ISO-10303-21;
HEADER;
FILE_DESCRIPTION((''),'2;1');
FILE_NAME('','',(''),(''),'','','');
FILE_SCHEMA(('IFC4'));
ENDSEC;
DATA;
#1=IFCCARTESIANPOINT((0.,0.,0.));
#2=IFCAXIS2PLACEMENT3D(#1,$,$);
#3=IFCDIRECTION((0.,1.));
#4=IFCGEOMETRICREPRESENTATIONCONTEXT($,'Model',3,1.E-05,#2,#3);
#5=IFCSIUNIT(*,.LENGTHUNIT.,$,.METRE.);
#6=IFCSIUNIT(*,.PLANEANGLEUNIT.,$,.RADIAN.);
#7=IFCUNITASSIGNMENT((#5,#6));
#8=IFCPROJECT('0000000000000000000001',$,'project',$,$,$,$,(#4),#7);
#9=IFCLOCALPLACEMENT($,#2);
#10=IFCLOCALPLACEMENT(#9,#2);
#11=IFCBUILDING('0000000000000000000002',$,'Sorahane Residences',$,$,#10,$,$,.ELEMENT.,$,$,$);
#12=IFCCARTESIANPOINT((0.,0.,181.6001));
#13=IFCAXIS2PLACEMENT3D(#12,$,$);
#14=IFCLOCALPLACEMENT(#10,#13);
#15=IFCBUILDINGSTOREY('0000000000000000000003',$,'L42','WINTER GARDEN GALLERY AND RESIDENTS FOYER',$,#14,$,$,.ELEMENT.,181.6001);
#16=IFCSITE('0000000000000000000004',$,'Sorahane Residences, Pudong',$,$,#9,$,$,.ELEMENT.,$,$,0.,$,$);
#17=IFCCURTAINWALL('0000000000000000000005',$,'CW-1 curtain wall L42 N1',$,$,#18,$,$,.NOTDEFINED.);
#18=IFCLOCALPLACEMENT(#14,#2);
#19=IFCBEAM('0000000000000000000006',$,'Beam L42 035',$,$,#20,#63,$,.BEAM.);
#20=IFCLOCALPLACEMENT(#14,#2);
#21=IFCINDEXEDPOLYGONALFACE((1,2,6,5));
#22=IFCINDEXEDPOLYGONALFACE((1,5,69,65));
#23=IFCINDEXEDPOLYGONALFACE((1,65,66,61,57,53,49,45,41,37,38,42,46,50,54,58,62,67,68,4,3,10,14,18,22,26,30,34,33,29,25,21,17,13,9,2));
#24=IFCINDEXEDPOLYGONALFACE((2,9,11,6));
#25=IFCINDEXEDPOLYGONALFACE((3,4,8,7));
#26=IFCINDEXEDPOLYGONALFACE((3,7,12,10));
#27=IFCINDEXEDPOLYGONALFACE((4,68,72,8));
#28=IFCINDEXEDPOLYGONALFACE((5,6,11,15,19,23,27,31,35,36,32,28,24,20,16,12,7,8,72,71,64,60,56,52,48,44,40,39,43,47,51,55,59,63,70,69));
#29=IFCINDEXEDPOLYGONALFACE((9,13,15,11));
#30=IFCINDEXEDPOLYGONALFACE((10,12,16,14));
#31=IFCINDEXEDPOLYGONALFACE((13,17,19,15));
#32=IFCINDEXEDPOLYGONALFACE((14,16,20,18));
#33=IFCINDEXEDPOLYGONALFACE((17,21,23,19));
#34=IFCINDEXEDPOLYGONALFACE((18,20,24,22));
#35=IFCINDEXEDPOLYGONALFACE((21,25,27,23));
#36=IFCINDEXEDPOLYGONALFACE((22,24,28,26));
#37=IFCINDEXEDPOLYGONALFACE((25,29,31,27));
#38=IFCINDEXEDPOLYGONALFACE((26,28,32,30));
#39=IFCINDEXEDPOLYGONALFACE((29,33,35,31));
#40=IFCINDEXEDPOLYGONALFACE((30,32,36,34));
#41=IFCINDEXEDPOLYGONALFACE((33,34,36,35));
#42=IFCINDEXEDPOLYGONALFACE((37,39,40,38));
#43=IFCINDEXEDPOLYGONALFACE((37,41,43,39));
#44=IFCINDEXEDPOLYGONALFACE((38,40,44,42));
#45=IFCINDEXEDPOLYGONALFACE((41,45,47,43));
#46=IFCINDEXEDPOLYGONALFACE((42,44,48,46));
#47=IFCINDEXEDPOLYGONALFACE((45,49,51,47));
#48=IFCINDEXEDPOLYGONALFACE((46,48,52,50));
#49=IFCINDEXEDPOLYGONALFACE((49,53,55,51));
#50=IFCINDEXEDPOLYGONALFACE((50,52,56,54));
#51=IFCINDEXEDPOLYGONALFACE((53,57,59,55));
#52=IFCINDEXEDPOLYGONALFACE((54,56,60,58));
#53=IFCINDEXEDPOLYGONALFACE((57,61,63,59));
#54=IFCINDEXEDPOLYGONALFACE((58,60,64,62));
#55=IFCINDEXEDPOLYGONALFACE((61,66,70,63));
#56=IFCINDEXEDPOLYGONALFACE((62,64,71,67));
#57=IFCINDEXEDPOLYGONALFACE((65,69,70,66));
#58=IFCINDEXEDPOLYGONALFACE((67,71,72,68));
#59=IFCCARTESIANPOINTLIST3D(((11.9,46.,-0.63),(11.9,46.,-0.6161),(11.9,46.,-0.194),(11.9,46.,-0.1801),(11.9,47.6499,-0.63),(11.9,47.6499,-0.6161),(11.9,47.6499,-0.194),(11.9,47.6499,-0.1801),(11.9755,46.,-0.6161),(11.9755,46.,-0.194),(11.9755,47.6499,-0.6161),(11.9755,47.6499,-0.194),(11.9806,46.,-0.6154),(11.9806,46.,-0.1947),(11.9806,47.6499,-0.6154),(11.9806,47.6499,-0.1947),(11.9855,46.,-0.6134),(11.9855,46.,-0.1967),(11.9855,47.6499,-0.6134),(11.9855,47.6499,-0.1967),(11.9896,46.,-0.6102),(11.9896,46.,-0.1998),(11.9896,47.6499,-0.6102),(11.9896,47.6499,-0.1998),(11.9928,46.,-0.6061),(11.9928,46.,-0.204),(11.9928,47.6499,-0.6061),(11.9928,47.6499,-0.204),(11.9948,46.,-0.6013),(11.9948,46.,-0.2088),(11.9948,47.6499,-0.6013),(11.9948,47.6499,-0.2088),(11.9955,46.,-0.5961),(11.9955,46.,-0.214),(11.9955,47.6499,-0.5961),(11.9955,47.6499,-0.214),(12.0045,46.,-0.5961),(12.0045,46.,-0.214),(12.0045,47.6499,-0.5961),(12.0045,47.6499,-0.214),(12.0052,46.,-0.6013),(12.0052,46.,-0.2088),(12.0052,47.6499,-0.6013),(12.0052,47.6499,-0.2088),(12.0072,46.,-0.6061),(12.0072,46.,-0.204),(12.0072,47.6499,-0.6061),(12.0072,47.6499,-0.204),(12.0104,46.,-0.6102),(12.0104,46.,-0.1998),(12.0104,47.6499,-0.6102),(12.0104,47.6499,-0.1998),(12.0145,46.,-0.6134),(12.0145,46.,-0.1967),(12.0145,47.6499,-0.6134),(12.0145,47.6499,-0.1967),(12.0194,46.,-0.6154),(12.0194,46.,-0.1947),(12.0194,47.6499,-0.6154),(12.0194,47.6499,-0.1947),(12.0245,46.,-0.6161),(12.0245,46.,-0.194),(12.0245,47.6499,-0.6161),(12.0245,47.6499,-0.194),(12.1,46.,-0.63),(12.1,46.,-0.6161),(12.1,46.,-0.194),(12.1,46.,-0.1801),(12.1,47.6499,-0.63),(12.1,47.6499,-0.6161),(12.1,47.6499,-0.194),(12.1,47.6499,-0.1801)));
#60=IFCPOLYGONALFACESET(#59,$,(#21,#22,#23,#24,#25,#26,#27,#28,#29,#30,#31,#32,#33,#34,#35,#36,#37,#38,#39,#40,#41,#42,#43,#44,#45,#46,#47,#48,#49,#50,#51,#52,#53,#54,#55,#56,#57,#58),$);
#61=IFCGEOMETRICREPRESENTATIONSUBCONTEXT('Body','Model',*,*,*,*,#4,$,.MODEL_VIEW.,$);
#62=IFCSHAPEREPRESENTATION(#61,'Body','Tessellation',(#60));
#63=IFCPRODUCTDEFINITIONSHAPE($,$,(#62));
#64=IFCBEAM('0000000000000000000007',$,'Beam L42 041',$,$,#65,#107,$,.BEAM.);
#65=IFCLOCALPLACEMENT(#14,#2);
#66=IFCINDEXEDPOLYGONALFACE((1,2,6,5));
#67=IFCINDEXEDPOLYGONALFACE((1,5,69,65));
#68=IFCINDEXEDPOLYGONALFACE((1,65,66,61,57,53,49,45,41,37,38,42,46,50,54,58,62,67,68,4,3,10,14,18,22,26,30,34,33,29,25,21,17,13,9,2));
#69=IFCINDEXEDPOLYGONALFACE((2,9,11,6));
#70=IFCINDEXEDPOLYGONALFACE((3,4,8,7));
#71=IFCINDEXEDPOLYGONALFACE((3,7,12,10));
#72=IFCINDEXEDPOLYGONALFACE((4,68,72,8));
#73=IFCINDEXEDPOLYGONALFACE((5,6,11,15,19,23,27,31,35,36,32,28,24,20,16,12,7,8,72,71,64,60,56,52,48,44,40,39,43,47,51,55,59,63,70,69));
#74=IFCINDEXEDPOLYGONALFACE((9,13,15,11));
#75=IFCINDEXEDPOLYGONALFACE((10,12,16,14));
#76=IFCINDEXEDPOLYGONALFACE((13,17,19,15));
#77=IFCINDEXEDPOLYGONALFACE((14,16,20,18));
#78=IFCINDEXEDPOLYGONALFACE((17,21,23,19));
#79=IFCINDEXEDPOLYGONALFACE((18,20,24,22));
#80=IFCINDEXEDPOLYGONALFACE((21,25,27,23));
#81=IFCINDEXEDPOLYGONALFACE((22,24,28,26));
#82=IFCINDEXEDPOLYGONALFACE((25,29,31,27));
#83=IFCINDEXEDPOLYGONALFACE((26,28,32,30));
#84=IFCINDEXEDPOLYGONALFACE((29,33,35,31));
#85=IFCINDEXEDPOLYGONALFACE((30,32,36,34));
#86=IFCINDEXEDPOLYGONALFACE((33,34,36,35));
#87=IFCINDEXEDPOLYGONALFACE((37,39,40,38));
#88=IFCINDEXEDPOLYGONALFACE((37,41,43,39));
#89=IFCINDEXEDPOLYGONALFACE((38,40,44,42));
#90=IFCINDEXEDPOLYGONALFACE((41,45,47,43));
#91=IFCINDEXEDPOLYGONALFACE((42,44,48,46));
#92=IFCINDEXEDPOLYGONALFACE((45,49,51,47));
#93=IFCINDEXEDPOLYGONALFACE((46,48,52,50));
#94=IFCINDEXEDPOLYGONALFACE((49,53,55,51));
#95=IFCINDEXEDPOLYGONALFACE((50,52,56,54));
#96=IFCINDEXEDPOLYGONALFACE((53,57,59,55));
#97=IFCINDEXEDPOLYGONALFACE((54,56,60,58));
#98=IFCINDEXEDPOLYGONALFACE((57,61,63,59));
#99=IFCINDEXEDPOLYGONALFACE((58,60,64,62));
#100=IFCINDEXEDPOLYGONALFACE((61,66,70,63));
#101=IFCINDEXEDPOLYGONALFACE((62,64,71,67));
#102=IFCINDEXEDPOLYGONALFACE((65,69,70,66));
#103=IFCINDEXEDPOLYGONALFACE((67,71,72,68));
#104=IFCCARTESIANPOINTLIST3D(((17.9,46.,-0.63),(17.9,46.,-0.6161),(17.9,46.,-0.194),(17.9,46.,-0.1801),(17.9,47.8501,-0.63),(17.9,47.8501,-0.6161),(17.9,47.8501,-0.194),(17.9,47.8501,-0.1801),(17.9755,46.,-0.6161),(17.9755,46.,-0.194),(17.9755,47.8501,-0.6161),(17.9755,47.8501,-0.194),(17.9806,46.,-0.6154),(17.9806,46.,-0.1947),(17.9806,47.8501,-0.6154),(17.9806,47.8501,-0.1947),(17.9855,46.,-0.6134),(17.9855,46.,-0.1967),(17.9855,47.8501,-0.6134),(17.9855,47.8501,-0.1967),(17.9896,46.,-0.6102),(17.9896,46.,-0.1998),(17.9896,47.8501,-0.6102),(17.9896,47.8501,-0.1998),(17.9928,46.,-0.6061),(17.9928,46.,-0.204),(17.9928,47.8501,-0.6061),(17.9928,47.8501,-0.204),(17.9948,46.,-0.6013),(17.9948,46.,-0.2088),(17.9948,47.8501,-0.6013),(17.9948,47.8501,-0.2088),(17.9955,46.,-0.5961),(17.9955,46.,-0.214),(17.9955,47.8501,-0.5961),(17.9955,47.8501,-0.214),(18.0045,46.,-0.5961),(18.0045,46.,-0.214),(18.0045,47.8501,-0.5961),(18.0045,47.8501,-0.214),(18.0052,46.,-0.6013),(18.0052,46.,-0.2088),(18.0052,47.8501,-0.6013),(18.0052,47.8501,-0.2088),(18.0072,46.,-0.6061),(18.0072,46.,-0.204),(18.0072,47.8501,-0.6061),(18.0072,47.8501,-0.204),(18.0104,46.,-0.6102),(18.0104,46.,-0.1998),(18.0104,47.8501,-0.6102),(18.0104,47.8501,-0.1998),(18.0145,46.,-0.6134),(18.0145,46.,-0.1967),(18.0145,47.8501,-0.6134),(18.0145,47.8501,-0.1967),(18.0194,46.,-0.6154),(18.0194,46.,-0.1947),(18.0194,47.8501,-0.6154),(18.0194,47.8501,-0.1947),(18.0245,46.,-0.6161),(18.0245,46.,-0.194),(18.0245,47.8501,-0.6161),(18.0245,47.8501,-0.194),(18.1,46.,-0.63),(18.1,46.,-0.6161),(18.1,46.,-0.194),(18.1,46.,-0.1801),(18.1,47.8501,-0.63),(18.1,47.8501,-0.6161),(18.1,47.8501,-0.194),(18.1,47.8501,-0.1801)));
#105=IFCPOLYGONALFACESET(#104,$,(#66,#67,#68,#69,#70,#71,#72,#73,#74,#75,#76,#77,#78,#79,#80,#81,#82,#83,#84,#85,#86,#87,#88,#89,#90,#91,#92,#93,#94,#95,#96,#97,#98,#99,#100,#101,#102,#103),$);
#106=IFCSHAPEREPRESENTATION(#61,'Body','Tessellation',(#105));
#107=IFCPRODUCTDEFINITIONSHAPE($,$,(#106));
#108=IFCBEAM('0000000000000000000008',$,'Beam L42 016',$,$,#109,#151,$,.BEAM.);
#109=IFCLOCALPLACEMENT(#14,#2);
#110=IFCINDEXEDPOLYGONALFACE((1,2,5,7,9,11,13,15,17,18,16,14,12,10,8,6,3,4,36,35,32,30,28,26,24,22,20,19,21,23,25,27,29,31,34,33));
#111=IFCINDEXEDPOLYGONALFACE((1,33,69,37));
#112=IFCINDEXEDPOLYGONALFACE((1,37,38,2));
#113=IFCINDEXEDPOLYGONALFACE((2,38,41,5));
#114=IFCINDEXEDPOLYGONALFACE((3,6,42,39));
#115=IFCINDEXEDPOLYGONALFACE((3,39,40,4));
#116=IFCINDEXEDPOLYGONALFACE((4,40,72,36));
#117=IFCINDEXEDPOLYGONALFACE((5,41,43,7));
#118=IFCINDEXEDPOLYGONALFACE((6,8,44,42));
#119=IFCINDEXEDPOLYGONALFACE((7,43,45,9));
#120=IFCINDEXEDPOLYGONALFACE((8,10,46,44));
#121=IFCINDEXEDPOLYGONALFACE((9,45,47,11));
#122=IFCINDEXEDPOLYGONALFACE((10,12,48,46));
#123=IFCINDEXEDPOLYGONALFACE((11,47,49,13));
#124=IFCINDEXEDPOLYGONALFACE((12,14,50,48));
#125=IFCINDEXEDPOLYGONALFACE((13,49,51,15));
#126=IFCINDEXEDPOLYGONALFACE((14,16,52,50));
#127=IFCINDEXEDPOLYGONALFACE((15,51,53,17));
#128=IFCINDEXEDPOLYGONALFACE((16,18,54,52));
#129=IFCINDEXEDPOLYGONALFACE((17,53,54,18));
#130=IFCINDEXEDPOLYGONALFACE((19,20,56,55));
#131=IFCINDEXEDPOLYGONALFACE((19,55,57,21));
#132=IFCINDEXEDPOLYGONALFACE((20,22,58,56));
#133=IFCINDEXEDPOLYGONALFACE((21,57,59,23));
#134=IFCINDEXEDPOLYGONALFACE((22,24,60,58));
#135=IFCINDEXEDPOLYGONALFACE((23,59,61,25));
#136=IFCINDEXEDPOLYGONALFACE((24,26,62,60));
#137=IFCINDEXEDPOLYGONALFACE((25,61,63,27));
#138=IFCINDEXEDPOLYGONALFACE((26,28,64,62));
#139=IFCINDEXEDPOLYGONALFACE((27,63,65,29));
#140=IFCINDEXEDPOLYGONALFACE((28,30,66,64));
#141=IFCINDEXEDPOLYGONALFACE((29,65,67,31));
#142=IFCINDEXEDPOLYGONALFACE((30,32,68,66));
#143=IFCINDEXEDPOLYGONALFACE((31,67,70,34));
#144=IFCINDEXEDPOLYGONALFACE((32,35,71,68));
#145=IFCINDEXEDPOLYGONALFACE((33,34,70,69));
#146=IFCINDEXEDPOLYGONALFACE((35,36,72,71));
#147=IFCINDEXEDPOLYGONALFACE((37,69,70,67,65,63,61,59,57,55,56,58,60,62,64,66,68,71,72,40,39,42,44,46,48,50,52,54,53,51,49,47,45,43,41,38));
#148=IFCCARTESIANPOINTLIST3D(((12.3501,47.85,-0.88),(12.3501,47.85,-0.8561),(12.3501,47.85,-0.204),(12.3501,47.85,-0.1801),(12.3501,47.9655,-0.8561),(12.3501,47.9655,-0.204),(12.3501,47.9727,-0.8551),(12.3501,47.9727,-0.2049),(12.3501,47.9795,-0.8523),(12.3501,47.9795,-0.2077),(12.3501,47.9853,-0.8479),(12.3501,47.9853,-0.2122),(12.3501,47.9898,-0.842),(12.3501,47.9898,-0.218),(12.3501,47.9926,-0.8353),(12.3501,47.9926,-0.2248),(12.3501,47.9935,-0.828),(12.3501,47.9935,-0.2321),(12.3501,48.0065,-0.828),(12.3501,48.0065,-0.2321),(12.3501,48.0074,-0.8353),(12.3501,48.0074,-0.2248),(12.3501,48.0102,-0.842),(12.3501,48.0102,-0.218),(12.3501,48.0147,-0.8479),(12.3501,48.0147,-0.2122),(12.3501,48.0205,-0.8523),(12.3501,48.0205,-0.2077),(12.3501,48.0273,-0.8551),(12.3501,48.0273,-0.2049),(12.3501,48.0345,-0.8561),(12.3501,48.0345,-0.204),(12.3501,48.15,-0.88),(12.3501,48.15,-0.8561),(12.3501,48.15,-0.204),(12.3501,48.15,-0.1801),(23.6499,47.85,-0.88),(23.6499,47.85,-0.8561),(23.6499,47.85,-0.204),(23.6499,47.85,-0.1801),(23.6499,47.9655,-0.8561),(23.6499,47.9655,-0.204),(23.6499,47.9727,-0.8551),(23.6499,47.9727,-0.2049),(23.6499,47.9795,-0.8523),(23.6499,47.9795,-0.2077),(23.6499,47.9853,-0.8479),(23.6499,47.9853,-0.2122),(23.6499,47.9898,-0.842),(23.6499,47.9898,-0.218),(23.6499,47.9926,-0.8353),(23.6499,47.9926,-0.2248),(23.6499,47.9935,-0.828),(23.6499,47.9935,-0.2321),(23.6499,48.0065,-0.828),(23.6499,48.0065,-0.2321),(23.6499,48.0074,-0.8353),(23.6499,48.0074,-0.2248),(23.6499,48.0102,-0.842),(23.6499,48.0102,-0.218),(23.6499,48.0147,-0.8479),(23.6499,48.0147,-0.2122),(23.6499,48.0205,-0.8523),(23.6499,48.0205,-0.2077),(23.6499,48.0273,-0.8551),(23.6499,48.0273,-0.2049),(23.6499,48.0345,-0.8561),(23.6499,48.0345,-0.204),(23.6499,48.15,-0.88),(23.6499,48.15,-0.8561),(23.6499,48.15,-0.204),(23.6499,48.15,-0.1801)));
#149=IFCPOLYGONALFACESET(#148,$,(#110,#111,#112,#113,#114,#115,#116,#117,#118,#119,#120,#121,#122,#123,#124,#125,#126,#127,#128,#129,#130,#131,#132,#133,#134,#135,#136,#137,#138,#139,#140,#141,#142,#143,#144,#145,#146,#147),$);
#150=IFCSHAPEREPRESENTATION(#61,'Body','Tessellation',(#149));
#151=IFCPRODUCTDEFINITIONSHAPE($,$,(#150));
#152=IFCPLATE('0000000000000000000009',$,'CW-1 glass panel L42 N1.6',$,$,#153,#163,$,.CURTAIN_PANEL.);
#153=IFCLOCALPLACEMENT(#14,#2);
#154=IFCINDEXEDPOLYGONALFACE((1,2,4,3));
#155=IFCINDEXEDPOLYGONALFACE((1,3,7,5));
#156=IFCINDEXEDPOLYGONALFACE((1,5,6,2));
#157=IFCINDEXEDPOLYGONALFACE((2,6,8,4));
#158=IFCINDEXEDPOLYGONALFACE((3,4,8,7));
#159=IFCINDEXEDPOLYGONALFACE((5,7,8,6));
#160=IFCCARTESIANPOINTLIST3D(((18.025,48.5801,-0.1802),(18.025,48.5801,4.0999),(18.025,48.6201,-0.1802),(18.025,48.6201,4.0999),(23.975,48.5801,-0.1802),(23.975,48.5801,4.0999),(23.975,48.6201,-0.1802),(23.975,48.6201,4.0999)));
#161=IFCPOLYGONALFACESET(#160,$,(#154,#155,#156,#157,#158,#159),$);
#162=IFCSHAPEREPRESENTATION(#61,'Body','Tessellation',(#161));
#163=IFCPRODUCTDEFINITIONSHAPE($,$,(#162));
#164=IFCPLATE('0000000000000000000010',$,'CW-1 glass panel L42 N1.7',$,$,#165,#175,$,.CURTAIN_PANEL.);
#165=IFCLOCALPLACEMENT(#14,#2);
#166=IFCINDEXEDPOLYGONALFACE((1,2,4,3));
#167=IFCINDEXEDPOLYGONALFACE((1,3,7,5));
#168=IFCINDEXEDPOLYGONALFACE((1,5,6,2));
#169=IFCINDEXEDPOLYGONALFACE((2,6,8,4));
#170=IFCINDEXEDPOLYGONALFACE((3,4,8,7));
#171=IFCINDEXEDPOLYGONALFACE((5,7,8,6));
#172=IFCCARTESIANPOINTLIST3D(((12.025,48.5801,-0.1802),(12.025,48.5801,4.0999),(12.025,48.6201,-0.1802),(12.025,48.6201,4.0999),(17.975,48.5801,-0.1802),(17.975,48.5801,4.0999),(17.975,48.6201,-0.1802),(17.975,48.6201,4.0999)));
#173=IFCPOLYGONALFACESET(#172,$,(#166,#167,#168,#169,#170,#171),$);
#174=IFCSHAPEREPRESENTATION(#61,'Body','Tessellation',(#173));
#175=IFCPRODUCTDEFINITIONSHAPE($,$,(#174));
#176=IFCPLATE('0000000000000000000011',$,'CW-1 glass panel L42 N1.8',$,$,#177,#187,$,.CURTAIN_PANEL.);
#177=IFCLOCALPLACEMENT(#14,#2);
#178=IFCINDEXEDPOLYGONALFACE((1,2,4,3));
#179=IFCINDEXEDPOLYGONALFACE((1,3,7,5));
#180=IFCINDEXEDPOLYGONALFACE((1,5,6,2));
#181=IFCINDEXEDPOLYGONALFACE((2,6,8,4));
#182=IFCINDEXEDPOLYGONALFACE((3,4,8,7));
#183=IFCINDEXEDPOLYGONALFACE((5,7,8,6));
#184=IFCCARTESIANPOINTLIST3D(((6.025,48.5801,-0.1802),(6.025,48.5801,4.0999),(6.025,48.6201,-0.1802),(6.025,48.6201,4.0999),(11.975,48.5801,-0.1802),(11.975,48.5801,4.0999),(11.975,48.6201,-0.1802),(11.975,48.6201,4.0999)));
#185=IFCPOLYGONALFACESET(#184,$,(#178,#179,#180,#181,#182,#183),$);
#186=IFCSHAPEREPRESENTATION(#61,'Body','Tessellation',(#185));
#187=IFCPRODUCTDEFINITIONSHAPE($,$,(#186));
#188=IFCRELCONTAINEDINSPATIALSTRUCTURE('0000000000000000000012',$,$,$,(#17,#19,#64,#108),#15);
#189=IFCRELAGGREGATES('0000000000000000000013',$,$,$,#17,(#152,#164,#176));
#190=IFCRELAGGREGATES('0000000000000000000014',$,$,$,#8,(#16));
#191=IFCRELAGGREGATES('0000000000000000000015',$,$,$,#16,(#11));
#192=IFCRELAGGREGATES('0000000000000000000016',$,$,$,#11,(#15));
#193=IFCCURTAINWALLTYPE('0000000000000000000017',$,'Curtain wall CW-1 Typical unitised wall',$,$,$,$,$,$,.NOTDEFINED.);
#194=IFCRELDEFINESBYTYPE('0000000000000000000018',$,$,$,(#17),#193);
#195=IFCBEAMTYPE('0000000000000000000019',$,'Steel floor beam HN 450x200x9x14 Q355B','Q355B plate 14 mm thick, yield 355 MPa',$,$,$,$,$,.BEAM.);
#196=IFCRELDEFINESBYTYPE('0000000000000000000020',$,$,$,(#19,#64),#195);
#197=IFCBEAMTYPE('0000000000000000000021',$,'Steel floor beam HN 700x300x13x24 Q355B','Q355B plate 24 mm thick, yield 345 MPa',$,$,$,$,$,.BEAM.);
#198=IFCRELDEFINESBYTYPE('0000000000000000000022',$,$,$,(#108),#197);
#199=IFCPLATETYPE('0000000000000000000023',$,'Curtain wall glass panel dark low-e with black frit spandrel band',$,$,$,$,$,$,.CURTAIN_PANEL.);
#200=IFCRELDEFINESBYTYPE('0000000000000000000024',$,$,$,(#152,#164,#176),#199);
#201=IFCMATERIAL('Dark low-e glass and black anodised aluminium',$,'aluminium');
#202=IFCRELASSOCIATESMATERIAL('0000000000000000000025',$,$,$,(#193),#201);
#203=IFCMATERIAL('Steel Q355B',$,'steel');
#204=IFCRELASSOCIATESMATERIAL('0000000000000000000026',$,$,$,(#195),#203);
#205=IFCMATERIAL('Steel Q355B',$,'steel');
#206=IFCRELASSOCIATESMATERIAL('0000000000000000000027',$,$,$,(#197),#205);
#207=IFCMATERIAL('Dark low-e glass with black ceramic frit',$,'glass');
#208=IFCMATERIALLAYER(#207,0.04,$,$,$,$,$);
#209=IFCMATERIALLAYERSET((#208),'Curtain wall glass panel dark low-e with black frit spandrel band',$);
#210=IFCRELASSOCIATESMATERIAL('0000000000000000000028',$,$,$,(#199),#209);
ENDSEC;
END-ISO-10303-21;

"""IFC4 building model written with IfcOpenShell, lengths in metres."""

from ifc_helpers import new_model, si_unit, direction, frame, origin, origin_2d, place, context, subcontext, project, spatial, rectangle, i_section, extrude, material, layer, layer_set, material_profile, profile_set, type_object, element, aggregate, save


model = new_model("IFC4")

# Units and contexts
model_context = context("Model", 3, precision=1e-05, world=origin(), true_north=direction((0.0, 1.0)))
body_context = subcontext(model_context, "Body", "Model", "MODEL_VIEW")
ifc_project = project(units=[si_unit("LENGTHUNIT", "METRE"), si_unit("PLANEANGLEUNIT", "RADIAN")], contexts=[model_context])

# Site, building, storey
site_placement = place(None, origin())
site = spatial("IfcSite", under=ifc_project, at=site_placement, Name="Sorahane Residences, Pudong", CompositionType="ELEMENT", RefElevation=0.0)
building_placement = place(site_placement, origin())
building = spatial("IfcBuilding", under=site, at=building_placement, Name="Sorahane Residences", CompositionType="ELEMENT")
storey_placement = place(building_placement, frame((0.0, 0.0, 181.6001)))
storey = spatial("IfcBuildingStorey", under=building, at=storey_placement, Name="L42", Description="WINTER GARDEN GALLERY AND RESIDENTS FOYER", CompositionType="ELEMENT", Elevation=181.6001)

# Curtain wall
ifc_material_1 = material(Name="Dark low-e glass and black anodised aluminium", Category="aluminium")
curtain_wall_type = type_object("IfcCurtainWallType", Name="Curtain wall CW-1 Typical unitised wall", PredefinedType="NOTDEFINED", material=ifc_material_1)
curtain_wall_placement = place(storey_placement, origin())
curtain_wall = element("IfcCurtainWall", 1, at=curtain_wall_placement, inside=storey, type_object=curtain_wall_type, Name="CW-1 curtain wall L42 N1", PredefinedType="NOTDEFINED")

# Beams
ifc_material_2 = material(Name="Steel Q355B", Category="steel")
ifc_material_profile_1 = material_profile(ifc_material_2, i_section(OverallWidth=0.2, OverallDepth=0.45, WebThickness=0.009, FlangeThickness=0.0139, FilletRadius=0.02, at=origin_2d()), Name="HN 450x200x9x14")
ifc_profile_set_1 = profile_set([ifc_material_profile_1], Name="Steel Q355B")
beam_type_1 = type_object("IfcBeamType", Name="Steel floor beam HN 450x200x9x14 Q355B", Description="Q355B plate 14 mm thick, yield 355 MPa", PredefinedType="BEAM", material=ifc_profile_set_1)
beam_1_placement = place(storey_placement, frame((12.0, 46.0, -0.405), z_axis=(0.0, 1.0, 0.0), x_axis=(-1.0, 0.0, 0.0)))
element("IfcBeam", 2, at=beam_1_placement, inside=storey, type_object=beam_type_1, Name="Beam L42 035", PredefinedType="BEAM", context=body_context, shape_type="SweptSolid", body=[
    extrude(i_section(OverallWidth=0.2, OverallDepth=0.45, WebThickness=0.009, FlangeThickness=0.0139, FilletRadius=0.02, at=origin_2d()), origin(), (0.0, 0.0, 1.0), 1.6499),
])
beam_2_placement = place(storey_placement, frame((18.0, 46.0, -0.405), z_axis=(0.0, 1.0, 0.0), x_axis=(-1.0, 0.0, 0.0)))
element("IfcBeam", 3, at=beam_2_placement, inside=storey, type_object=beam_type_1, Name="Beam L42 041", PredefinedType="BEAM", context=body_context, shape_type="SweptSolid", body=[
    extrude(i_section(OverallWidth=0.2, OverallDepth=0.45, WebThickness=0.009, FlangeThickness=0.0139, FilletRadius=0.02, at=origin_2d()), origin(), (0.0, 0.0, 1.0), 1.8501),
])
ifc_material_3 = material(Name="Steel Q355B", Category="steel")
ifc_material_profile_2 = material_profile(ifc_material_3, i_section(OverallWidth=0.3, OverallDepth=0.7, WebThickness=0.0129, FlangeThickness=0.0239, FilletRadius=0.0281, at=origin_2d()), Name="HN 700x300x13x24")
ifc_profile_set_2 = profile_set([ifc_material_profile_2], Name="Steel Q355B")
beam_type_2 = type_object("IfcBeamType", Name="Steel floor beam HN 700x300x13x24 Q355B", Description="Q355B plate 24 mm thick, yield 345 MPa", PredefinedType="BEAM", material=ifc_profile_set_2)
beam_3_placement = place(storey_placement, frame((12.3501, 48.0, -0.53), z_axis=(1.0, 0.0, 0.0), x_axis=(0.0, 1.0, 0.0)))
element("IfcBeam", 4, at=beam_3_placement, inside=storey, type_object=beam_type_2, Name="Beam L42 016", PredefinedType="BEAM", context=body_context, shape_type="SweptSolid", body=[
    extrude(i_section(OverallWidth=0.3, OverallDepth=0.7, WebThickness=0.0129, FlangeThickness=0.0239, FilletRadius=0.0281, at=origin_2d()), origin(), (0.0, 0.0, 1.0), 11.2998),
])

# Plates
ifc_material_4 = material(Name="Dark low-e glass with black ceramic frit", Category="glass")
ifc_layer_1 = layer(ifc_material_4, 0.04)
ifc_layer_set_1 = layer_set([ifc_layer_1], Name="Curtain wall glass panel dark low-e with black frit spandrel band")
plate_type = type_object("IfcPlateType", Name="Curtain wall glass panel dark low-e with black frit spandrel band", PredefinedType="CURTAIN_PANEL", material=ifc_layer_set_1)
plate_1_placement = place(storey_placement, frame((21.0, 48.6001, -0.1802), z_axis=(0.0, 0.0, 1.0), x_axis=(-1.0, 0.0, 0.0)))
plate_1 = element("IfcPlate", 5, at=plate_1_placement, type_object=plate_type, Name="CW-1 glass panel L42 N1.6", PredefinedType="CURTAIN_PANEL", context=body_context, shape_type="SweptSolid", body=[
    extrude(rectangle(XDim=5.95, YDim=0.04, at=origin_2d()), origin(), (0.0, 0.0, 1.0), 4.28),
])
plate_2_placement = place(storey_placement, frame((15.0, 48.6001, -0.1802), z_axis=(0.0, 0.0, 1.0), x_axis=(-1.0, 0.0, 0.0)))
plate_2 = element("IfcPlate", 6, at=plate_2_placement, type_object=plate_type, Name="CW-1 glass panel L42 N1.7", PredefinedType="CURTAIN_PANEL", context=body_context, shape_type="SweptSolid", body=[
    extrude(rectangle(XDim=5.95, YDim=0.04, at=origin_2d()), origin(), (0.0, 0.0, 1.0), 4.28),
])
plate_3_placement = place(storey_placement, frame((9.0, 48.6001, -0.1802), z_axis=(0.0, 0.0, 1.0), x_axis=(-1.0, 0.0, 0.0)))
plate_3 = element("IfcPlate", 7, at=plate_3_placement, type_object=plate_type, Name="CW-1 glass panel L42 N1.8", PredefinedType="CURTAIN_PANEL", context=body_context, shape_type="SweptSolid", body=[
    extrude(rectangle(XDim=5.95, YDim=0.04, at=origin_2d()), origin(), (0.0, 0.0, 1.0), 4.28),
])
aggregate(curtain_wall, [plate_1, plate_2, plate_3])

save(model, "model.ifc")
